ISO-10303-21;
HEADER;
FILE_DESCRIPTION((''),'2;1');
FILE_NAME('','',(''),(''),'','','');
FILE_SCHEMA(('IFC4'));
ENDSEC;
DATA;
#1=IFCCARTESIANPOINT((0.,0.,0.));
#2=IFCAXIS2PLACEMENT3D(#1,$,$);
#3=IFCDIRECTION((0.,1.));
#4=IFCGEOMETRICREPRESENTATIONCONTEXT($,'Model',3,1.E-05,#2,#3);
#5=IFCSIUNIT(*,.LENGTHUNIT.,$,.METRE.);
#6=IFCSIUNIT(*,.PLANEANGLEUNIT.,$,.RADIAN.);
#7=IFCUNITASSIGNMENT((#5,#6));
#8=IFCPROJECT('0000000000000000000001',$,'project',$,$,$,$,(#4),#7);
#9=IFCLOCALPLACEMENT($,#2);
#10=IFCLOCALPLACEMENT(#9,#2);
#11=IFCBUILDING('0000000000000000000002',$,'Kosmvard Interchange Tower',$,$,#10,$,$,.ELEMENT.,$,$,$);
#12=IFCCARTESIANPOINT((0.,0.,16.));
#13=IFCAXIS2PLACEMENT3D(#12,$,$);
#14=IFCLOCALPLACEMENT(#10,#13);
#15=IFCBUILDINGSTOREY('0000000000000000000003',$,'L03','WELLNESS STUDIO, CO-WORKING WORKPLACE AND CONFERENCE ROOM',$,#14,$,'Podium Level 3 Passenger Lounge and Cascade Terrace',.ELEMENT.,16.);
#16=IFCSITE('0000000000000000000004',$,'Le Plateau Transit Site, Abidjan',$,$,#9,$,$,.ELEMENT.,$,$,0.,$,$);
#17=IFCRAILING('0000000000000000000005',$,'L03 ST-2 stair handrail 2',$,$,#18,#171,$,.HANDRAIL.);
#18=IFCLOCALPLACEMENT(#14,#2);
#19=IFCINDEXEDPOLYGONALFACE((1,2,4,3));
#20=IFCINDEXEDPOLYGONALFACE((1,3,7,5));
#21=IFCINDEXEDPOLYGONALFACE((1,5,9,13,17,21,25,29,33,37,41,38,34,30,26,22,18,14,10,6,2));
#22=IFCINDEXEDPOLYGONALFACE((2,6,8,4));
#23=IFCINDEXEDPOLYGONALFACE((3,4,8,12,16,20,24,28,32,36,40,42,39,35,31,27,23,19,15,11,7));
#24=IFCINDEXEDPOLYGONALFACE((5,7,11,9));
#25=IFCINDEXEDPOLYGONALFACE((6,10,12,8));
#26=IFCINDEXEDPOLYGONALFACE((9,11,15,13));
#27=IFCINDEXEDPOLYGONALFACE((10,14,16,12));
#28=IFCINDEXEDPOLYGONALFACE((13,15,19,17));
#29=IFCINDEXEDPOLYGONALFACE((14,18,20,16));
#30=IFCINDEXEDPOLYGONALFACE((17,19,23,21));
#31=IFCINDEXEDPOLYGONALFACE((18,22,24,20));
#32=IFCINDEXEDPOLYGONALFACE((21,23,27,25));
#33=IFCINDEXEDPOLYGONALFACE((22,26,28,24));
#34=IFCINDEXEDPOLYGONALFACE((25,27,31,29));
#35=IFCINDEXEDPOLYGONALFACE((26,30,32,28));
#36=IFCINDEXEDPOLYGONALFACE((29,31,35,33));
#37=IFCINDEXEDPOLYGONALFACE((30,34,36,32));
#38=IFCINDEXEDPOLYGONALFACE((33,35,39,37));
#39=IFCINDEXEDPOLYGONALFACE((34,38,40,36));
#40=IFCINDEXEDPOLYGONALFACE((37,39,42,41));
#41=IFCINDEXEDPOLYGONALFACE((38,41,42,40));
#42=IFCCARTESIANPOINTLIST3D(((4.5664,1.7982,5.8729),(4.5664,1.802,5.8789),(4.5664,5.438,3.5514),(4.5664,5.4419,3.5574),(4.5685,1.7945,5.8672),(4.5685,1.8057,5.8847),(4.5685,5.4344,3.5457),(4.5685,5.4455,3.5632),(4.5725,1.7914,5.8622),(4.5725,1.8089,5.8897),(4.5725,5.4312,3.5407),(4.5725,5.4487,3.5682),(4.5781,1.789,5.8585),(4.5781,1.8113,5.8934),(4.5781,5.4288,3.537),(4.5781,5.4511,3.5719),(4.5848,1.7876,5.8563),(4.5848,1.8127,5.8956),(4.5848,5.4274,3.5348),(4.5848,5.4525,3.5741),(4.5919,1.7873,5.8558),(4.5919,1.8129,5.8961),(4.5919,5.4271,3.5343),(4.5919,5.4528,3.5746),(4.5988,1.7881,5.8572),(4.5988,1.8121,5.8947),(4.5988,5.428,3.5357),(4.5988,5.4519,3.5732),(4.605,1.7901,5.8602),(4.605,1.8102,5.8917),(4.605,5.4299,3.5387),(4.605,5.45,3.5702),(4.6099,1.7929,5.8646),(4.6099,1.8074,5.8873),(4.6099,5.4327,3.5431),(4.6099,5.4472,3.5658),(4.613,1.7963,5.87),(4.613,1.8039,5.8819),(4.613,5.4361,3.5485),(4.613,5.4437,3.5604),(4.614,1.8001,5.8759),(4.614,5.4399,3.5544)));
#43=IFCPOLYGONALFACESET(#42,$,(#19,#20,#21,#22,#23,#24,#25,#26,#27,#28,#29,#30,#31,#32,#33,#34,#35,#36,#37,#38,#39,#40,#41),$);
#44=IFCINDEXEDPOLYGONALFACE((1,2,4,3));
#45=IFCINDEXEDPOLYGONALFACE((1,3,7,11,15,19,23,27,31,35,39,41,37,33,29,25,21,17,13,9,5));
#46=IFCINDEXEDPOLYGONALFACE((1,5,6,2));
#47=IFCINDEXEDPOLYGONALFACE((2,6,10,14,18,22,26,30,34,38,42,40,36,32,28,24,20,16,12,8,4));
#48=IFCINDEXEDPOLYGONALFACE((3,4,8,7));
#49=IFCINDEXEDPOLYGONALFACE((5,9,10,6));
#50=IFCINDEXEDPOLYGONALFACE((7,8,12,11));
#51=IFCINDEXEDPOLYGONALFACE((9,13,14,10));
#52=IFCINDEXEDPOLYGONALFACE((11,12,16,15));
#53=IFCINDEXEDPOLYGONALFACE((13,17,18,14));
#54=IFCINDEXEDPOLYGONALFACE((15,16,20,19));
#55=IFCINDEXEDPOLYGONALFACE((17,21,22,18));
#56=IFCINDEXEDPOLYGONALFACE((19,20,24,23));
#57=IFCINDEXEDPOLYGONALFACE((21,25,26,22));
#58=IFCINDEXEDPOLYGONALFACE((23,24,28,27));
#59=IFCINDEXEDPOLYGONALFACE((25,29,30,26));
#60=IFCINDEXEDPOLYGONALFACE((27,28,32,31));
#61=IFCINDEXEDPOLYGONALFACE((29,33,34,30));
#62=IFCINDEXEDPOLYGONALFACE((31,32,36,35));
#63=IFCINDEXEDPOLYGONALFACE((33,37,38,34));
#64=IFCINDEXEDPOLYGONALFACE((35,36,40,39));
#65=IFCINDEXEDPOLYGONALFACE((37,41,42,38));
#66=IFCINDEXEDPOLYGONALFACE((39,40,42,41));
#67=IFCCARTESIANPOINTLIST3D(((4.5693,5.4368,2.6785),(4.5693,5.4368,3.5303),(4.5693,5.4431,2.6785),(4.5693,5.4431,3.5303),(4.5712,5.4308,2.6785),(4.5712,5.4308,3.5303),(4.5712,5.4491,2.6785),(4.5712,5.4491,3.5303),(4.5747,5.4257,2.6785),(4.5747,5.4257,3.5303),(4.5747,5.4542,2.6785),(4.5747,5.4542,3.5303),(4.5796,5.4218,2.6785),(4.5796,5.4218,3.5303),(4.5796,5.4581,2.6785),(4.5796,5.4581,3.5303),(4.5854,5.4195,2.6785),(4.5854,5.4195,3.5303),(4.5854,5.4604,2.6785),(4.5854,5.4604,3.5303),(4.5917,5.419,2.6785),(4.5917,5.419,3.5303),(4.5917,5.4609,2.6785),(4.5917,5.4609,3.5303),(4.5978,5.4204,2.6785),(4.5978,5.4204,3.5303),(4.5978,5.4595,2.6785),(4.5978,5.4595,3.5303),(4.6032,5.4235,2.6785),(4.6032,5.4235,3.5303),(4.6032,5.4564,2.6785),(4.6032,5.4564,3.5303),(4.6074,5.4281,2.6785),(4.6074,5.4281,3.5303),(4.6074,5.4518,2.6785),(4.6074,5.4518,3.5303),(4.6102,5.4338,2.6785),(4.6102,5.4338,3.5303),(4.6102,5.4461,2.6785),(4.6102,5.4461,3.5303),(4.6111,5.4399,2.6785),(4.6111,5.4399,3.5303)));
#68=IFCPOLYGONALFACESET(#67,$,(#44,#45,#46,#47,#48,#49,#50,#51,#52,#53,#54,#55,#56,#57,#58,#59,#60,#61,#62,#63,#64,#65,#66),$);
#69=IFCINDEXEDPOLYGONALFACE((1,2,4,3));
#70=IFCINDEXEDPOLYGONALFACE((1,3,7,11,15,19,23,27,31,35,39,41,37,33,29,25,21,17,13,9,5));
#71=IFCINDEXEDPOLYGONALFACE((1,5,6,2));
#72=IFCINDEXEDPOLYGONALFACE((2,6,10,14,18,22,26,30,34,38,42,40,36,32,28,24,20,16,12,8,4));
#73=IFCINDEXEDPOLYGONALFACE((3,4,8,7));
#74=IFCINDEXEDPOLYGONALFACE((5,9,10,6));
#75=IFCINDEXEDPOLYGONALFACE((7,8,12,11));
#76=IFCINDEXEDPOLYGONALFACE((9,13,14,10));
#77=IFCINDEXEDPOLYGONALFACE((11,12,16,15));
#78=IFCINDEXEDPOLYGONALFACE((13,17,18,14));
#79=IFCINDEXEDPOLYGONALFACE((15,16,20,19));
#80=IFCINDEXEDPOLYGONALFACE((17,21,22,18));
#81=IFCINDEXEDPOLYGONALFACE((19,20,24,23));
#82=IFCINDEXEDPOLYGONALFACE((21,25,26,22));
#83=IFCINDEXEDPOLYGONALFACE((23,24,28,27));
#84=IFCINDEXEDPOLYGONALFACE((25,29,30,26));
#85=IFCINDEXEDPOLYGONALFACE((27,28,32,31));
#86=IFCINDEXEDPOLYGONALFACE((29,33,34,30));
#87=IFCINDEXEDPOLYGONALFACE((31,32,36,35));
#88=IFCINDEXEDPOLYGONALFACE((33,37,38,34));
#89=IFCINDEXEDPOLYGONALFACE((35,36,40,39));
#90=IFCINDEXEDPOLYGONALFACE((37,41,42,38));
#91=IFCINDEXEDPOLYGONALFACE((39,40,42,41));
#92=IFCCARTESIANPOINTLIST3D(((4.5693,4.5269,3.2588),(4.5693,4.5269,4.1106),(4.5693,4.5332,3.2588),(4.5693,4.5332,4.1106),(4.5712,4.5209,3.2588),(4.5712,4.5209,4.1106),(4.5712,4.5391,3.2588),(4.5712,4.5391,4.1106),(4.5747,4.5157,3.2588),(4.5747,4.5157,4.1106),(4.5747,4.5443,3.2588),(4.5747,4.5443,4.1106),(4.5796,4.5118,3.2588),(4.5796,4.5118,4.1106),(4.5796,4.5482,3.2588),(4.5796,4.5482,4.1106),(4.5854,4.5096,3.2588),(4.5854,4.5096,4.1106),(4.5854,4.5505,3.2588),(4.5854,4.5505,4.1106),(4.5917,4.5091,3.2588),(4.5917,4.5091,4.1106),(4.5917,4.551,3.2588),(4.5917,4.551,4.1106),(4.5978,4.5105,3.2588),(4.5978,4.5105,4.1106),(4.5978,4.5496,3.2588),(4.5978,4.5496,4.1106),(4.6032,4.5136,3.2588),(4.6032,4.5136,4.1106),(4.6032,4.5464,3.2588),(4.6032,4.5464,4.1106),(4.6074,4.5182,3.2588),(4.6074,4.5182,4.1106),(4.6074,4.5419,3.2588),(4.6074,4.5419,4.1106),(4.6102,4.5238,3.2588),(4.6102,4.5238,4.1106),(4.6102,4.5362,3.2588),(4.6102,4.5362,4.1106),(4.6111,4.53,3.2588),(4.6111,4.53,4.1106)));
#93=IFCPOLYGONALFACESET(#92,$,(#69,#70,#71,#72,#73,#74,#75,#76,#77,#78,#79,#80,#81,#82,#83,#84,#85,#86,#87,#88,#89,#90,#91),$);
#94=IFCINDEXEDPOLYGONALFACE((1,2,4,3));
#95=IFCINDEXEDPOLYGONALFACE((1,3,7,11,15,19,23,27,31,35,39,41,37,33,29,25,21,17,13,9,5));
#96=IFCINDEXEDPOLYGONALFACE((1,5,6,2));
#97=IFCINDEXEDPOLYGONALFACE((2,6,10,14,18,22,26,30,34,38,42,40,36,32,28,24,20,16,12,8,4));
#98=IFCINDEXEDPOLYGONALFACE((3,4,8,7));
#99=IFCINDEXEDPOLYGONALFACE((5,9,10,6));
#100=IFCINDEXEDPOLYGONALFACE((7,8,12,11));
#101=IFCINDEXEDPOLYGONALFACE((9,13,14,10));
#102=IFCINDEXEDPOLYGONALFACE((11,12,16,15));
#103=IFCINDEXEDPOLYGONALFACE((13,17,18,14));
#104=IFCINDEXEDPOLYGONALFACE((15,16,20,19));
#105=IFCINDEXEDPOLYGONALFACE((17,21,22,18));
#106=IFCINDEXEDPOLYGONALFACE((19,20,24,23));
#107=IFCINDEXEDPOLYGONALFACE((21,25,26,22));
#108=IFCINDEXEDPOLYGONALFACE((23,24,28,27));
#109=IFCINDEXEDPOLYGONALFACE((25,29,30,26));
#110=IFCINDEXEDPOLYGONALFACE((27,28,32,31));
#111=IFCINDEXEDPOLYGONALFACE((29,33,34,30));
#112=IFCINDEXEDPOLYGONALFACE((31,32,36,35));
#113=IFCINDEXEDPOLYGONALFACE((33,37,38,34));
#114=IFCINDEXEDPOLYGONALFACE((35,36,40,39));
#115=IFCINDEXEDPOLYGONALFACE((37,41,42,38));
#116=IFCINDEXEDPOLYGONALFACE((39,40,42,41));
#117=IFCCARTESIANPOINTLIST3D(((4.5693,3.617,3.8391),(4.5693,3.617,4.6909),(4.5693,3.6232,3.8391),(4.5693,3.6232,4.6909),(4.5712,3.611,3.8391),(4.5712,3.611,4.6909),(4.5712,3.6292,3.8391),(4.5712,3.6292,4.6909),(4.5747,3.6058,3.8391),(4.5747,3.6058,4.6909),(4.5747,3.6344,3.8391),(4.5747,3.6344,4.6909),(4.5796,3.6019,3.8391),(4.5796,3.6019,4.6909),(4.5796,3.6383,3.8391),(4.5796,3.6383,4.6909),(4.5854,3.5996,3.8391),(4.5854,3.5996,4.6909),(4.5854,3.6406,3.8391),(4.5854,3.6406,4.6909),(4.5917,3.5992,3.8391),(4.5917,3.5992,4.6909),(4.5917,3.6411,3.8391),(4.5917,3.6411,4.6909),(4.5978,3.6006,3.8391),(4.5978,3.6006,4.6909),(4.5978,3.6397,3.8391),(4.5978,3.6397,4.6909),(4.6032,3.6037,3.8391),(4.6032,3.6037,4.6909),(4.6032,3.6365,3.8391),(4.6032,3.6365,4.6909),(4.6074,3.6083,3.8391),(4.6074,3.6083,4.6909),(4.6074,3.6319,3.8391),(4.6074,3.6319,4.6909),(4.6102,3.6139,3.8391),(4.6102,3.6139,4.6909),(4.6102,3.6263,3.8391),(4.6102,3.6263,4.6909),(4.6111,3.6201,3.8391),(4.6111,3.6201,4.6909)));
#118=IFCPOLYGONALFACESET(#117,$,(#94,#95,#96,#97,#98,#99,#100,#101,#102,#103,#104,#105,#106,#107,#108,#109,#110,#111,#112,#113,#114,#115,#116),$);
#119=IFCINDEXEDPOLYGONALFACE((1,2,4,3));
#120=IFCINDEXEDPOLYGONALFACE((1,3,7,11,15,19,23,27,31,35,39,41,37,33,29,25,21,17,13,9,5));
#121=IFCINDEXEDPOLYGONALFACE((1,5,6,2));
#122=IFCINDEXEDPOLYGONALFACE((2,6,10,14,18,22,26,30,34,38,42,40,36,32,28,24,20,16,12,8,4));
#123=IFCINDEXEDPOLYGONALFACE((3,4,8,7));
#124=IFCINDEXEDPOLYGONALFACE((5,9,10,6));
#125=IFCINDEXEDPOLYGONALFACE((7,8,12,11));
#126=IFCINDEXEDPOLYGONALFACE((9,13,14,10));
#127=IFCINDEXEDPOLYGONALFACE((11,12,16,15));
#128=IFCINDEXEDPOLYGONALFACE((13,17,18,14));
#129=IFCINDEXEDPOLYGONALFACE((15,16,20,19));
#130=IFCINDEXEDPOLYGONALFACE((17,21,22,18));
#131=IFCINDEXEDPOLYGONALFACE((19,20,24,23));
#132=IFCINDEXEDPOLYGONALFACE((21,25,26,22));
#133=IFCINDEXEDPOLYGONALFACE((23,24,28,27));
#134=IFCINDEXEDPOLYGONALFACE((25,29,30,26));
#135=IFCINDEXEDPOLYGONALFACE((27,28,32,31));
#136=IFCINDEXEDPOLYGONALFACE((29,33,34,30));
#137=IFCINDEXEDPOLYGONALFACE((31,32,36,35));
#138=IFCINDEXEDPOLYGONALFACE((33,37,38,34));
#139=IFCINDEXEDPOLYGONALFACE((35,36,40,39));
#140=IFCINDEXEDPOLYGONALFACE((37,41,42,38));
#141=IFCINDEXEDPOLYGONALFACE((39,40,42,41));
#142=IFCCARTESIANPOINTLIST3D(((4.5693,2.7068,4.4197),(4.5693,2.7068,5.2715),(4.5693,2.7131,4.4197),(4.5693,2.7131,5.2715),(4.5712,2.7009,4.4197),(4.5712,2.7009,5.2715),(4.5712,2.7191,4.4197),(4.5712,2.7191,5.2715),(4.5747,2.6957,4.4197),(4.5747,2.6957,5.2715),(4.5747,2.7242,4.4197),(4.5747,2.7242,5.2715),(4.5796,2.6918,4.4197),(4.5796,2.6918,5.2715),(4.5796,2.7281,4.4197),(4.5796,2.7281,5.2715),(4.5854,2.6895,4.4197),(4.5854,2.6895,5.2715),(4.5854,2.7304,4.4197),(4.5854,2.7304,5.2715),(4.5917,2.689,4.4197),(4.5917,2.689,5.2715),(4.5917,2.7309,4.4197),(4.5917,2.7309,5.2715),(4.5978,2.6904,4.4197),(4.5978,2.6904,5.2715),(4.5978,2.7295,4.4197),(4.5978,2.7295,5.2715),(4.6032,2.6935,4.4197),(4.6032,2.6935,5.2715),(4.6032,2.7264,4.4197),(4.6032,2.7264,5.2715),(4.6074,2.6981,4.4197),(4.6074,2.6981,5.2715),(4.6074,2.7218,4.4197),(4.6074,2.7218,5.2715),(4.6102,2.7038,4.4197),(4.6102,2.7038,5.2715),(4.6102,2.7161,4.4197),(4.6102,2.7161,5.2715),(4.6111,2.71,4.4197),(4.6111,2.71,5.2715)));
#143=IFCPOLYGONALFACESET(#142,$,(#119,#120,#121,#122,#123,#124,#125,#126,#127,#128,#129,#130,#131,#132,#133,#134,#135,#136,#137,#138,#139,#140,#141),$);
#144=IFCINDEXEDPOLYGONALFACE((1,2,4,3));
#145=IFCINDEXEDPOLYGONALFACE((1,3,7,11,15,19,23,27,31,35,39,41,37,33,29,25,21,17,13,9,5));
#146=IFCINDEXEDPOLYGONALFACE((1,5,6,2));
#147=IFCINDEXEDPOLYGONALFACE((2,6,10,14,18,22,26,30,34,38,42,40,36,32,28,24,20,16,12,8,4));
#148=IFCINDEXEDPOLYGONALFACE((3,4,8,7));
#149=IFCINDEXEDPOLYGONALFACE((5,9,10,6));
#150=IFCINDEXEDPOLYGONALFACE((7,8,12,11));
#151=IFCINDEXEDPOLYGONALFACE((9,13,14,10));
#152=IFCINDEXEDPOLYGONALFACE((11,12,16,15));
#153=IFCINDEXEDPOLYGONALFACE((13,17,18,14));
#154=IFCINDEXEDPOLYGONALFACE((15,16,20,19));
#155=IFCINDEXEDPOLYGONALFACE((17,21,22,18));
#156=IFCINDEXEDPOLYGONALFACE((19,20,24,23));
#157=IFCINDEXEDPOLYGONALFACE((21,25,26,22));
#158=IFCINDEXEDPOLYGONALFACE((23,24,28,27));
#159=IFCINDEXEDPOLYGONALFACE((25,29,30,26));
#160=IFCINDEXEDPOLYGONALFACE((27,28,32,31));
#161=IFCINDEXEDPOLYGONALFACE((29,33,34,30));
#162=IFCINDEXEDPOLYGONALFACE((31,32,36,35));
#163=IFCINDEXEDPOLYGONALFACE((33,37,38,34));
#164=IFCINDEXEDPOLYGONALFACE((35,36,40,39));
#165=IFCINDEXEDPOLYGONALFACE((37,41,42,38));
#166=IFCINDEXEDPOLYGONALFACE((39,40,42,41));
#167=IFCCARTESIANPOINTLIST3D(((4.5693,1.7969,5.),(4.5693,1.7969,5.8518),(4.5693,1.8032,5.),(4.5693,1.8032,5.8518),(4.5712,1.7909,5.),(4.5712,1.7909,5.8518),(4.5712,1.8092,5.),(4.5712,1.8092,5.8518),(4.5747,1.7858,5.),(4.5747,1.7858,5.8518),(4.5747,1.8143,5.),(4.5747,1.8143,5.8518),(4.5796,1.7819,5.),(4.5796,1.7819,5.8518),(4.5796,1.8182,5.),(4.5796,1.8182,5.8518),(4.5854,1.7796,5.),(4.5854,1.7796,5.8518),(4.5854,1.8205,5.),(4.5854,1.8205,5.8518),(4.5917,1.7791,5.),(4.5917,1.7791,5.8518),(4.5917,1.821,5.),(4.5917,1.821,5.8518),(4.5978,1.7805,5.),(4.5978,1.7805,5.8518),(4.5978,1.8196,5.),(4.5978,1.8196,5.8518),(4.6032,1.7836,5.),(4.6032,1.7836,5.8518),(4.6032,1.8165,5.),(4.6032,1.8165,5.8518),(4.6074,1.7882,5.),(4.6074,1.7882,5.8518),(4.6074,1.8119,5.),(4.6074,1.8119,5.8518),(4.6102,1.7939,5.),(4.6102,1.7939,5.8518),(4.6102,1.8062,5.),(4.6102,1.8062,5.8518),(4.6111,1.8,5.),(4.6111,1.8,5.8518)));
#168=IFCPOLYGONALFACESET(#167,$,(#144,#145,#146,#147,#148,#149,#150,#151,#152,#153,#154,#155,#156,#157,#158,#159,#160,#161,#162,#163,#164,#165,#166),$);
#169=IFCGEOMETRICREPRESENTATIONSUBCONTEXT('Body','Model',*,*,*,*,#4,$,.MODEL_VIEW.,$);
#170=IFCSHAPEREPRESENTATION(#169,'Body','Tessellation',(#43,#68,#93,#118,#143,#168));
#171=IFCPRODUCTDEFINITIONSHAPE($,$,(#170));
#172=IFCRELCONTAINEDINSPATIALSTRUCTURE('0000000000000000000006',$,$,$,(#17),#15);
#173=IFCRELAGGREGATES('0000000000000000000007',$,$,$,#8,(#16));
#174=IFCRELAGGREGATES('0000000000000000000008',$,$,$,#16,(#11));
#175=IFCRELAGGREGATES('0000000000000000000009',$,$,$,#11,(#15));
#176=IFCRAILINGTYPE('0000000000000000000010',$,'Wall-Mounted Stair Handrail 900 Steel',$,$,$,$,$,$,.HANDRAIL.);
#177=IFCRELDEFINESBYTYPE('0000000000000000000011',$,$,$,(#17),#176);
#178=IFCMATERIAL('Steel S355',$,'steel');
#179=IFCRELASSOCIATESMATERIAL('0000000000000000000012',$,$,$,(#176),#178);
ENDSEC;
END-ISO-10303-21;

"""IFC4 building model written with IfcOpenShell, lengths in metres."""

from ifc_helpers import new_model, si_unit, direction, frame, origin, origin_2d, place, context, subcontext, project, spatial, circle, extrude, source, transform, mapped, material, type_object, element, save


model = new_model("IFC4")

# Units and contexts
model_context = context("Model", 3, precision=1e-05, world=origin(), true_north=direction((0.0, 1.0)))
body_context = subcontext(model_context, "Body", "Model", "MODEL_VIEW")
ifc_project = project(units=[si_unit("LENGTHUNIT", "METRE"), si_unit("PLANEANGLEUNIT", "RADIAN")], contexts=[model_context])

# Site, building, storey
site_placement = place(None, origin())
site = spatial("IfcSite", under=ifc_project, at=site_placement, Name="Le Plateau Transit Site, Abidjan", CompositionType="ELEMENT", RefElevation=0.0)
building_placement = place(site_placement, origin())
building = spatial("IfcBuilding", under=site, at=building_placement, Name="Kosmvard Interchange Tower", CompositionType="ELEMENT")
storey_placement = place(building_placement, frame((0.0, 0.0, 16.0)))
storey = spatial("IfcBuildingStorey", under=building, at=storey_placement, Name="L03", Description="WELLNESS STUDIO, CO-WORKING WORKPLACE AND CONFERENCE ROOM", LongName="Podium Level 3 Passenger Lounge and Cascade Terrace", CompositionType="ELEMENT", Elevation=16.0)

# Shared definitions
ifc_material_1 = material(Name="Steel S355", Category="steel")

# Railing
railing_type_1 = type_object("IfcRailingType", Name="Wall-Mounted Stair Handrail 900 Steel", PredefinedType="HANDRAIL", material=ifc_material_1)
shared_shape_1 = source(origin(), body_context, "Body", "SweptSolid", [
    extrude(circle(Radius=0.0239, at=origin_2d()), frame((0.0, 0.0, 0.876), z_axis=(0.0, -0.843112, 0.537739), x_axis=(1.0, 0.0, 0.0)), (0.0, 0.0, 1.0), 4.3171),
    extrude(circle(Radius=0.021, at=origin_2d()), origin(), (0.0, 0.0, 1.0), 0.8518),
    extrude(circle(Radius=0.021, at=origin_2d()), frame((0.0, -0.9099, 0.5803)), (0.0, 0.0, 1.0), 0.8518),
    extrude(circle(Radius=0.021, at=origin_2d()), frame((0.0, -1.8198, 1.1606)), (0.0, 0.0, 1.0), 0.8518),
    extrude(circle(Radius=0.021, at=origin_2d()), frame((0.0, -2.73, 1.7412)), (0.0, 0.0, 1.0), 0.8518),
    extrude(circle(Radius=0.021, at=origin_2d()), frame((0.0, -3.6399, 2.3215)), (0.0, 0.0, 1.0), 0.8518),
])
railing_1_placement = place(storey_placement, frame((4.5901, 5.4399, 2.6785)))
element("IfcRailing", 1, at=railing_1_placement, inside=storey, type_object=railing_type_1, Name="L03 ST-2 stair handrail 2", PredefinedType="HANDRAIL", context=body_context, shape_type="MappedRepresentation", body=[
    mapped(shared_shape_1, transform((0.0, 0.0, 0.0), scale=1.0)),
])

save(model, "model.ifc")
